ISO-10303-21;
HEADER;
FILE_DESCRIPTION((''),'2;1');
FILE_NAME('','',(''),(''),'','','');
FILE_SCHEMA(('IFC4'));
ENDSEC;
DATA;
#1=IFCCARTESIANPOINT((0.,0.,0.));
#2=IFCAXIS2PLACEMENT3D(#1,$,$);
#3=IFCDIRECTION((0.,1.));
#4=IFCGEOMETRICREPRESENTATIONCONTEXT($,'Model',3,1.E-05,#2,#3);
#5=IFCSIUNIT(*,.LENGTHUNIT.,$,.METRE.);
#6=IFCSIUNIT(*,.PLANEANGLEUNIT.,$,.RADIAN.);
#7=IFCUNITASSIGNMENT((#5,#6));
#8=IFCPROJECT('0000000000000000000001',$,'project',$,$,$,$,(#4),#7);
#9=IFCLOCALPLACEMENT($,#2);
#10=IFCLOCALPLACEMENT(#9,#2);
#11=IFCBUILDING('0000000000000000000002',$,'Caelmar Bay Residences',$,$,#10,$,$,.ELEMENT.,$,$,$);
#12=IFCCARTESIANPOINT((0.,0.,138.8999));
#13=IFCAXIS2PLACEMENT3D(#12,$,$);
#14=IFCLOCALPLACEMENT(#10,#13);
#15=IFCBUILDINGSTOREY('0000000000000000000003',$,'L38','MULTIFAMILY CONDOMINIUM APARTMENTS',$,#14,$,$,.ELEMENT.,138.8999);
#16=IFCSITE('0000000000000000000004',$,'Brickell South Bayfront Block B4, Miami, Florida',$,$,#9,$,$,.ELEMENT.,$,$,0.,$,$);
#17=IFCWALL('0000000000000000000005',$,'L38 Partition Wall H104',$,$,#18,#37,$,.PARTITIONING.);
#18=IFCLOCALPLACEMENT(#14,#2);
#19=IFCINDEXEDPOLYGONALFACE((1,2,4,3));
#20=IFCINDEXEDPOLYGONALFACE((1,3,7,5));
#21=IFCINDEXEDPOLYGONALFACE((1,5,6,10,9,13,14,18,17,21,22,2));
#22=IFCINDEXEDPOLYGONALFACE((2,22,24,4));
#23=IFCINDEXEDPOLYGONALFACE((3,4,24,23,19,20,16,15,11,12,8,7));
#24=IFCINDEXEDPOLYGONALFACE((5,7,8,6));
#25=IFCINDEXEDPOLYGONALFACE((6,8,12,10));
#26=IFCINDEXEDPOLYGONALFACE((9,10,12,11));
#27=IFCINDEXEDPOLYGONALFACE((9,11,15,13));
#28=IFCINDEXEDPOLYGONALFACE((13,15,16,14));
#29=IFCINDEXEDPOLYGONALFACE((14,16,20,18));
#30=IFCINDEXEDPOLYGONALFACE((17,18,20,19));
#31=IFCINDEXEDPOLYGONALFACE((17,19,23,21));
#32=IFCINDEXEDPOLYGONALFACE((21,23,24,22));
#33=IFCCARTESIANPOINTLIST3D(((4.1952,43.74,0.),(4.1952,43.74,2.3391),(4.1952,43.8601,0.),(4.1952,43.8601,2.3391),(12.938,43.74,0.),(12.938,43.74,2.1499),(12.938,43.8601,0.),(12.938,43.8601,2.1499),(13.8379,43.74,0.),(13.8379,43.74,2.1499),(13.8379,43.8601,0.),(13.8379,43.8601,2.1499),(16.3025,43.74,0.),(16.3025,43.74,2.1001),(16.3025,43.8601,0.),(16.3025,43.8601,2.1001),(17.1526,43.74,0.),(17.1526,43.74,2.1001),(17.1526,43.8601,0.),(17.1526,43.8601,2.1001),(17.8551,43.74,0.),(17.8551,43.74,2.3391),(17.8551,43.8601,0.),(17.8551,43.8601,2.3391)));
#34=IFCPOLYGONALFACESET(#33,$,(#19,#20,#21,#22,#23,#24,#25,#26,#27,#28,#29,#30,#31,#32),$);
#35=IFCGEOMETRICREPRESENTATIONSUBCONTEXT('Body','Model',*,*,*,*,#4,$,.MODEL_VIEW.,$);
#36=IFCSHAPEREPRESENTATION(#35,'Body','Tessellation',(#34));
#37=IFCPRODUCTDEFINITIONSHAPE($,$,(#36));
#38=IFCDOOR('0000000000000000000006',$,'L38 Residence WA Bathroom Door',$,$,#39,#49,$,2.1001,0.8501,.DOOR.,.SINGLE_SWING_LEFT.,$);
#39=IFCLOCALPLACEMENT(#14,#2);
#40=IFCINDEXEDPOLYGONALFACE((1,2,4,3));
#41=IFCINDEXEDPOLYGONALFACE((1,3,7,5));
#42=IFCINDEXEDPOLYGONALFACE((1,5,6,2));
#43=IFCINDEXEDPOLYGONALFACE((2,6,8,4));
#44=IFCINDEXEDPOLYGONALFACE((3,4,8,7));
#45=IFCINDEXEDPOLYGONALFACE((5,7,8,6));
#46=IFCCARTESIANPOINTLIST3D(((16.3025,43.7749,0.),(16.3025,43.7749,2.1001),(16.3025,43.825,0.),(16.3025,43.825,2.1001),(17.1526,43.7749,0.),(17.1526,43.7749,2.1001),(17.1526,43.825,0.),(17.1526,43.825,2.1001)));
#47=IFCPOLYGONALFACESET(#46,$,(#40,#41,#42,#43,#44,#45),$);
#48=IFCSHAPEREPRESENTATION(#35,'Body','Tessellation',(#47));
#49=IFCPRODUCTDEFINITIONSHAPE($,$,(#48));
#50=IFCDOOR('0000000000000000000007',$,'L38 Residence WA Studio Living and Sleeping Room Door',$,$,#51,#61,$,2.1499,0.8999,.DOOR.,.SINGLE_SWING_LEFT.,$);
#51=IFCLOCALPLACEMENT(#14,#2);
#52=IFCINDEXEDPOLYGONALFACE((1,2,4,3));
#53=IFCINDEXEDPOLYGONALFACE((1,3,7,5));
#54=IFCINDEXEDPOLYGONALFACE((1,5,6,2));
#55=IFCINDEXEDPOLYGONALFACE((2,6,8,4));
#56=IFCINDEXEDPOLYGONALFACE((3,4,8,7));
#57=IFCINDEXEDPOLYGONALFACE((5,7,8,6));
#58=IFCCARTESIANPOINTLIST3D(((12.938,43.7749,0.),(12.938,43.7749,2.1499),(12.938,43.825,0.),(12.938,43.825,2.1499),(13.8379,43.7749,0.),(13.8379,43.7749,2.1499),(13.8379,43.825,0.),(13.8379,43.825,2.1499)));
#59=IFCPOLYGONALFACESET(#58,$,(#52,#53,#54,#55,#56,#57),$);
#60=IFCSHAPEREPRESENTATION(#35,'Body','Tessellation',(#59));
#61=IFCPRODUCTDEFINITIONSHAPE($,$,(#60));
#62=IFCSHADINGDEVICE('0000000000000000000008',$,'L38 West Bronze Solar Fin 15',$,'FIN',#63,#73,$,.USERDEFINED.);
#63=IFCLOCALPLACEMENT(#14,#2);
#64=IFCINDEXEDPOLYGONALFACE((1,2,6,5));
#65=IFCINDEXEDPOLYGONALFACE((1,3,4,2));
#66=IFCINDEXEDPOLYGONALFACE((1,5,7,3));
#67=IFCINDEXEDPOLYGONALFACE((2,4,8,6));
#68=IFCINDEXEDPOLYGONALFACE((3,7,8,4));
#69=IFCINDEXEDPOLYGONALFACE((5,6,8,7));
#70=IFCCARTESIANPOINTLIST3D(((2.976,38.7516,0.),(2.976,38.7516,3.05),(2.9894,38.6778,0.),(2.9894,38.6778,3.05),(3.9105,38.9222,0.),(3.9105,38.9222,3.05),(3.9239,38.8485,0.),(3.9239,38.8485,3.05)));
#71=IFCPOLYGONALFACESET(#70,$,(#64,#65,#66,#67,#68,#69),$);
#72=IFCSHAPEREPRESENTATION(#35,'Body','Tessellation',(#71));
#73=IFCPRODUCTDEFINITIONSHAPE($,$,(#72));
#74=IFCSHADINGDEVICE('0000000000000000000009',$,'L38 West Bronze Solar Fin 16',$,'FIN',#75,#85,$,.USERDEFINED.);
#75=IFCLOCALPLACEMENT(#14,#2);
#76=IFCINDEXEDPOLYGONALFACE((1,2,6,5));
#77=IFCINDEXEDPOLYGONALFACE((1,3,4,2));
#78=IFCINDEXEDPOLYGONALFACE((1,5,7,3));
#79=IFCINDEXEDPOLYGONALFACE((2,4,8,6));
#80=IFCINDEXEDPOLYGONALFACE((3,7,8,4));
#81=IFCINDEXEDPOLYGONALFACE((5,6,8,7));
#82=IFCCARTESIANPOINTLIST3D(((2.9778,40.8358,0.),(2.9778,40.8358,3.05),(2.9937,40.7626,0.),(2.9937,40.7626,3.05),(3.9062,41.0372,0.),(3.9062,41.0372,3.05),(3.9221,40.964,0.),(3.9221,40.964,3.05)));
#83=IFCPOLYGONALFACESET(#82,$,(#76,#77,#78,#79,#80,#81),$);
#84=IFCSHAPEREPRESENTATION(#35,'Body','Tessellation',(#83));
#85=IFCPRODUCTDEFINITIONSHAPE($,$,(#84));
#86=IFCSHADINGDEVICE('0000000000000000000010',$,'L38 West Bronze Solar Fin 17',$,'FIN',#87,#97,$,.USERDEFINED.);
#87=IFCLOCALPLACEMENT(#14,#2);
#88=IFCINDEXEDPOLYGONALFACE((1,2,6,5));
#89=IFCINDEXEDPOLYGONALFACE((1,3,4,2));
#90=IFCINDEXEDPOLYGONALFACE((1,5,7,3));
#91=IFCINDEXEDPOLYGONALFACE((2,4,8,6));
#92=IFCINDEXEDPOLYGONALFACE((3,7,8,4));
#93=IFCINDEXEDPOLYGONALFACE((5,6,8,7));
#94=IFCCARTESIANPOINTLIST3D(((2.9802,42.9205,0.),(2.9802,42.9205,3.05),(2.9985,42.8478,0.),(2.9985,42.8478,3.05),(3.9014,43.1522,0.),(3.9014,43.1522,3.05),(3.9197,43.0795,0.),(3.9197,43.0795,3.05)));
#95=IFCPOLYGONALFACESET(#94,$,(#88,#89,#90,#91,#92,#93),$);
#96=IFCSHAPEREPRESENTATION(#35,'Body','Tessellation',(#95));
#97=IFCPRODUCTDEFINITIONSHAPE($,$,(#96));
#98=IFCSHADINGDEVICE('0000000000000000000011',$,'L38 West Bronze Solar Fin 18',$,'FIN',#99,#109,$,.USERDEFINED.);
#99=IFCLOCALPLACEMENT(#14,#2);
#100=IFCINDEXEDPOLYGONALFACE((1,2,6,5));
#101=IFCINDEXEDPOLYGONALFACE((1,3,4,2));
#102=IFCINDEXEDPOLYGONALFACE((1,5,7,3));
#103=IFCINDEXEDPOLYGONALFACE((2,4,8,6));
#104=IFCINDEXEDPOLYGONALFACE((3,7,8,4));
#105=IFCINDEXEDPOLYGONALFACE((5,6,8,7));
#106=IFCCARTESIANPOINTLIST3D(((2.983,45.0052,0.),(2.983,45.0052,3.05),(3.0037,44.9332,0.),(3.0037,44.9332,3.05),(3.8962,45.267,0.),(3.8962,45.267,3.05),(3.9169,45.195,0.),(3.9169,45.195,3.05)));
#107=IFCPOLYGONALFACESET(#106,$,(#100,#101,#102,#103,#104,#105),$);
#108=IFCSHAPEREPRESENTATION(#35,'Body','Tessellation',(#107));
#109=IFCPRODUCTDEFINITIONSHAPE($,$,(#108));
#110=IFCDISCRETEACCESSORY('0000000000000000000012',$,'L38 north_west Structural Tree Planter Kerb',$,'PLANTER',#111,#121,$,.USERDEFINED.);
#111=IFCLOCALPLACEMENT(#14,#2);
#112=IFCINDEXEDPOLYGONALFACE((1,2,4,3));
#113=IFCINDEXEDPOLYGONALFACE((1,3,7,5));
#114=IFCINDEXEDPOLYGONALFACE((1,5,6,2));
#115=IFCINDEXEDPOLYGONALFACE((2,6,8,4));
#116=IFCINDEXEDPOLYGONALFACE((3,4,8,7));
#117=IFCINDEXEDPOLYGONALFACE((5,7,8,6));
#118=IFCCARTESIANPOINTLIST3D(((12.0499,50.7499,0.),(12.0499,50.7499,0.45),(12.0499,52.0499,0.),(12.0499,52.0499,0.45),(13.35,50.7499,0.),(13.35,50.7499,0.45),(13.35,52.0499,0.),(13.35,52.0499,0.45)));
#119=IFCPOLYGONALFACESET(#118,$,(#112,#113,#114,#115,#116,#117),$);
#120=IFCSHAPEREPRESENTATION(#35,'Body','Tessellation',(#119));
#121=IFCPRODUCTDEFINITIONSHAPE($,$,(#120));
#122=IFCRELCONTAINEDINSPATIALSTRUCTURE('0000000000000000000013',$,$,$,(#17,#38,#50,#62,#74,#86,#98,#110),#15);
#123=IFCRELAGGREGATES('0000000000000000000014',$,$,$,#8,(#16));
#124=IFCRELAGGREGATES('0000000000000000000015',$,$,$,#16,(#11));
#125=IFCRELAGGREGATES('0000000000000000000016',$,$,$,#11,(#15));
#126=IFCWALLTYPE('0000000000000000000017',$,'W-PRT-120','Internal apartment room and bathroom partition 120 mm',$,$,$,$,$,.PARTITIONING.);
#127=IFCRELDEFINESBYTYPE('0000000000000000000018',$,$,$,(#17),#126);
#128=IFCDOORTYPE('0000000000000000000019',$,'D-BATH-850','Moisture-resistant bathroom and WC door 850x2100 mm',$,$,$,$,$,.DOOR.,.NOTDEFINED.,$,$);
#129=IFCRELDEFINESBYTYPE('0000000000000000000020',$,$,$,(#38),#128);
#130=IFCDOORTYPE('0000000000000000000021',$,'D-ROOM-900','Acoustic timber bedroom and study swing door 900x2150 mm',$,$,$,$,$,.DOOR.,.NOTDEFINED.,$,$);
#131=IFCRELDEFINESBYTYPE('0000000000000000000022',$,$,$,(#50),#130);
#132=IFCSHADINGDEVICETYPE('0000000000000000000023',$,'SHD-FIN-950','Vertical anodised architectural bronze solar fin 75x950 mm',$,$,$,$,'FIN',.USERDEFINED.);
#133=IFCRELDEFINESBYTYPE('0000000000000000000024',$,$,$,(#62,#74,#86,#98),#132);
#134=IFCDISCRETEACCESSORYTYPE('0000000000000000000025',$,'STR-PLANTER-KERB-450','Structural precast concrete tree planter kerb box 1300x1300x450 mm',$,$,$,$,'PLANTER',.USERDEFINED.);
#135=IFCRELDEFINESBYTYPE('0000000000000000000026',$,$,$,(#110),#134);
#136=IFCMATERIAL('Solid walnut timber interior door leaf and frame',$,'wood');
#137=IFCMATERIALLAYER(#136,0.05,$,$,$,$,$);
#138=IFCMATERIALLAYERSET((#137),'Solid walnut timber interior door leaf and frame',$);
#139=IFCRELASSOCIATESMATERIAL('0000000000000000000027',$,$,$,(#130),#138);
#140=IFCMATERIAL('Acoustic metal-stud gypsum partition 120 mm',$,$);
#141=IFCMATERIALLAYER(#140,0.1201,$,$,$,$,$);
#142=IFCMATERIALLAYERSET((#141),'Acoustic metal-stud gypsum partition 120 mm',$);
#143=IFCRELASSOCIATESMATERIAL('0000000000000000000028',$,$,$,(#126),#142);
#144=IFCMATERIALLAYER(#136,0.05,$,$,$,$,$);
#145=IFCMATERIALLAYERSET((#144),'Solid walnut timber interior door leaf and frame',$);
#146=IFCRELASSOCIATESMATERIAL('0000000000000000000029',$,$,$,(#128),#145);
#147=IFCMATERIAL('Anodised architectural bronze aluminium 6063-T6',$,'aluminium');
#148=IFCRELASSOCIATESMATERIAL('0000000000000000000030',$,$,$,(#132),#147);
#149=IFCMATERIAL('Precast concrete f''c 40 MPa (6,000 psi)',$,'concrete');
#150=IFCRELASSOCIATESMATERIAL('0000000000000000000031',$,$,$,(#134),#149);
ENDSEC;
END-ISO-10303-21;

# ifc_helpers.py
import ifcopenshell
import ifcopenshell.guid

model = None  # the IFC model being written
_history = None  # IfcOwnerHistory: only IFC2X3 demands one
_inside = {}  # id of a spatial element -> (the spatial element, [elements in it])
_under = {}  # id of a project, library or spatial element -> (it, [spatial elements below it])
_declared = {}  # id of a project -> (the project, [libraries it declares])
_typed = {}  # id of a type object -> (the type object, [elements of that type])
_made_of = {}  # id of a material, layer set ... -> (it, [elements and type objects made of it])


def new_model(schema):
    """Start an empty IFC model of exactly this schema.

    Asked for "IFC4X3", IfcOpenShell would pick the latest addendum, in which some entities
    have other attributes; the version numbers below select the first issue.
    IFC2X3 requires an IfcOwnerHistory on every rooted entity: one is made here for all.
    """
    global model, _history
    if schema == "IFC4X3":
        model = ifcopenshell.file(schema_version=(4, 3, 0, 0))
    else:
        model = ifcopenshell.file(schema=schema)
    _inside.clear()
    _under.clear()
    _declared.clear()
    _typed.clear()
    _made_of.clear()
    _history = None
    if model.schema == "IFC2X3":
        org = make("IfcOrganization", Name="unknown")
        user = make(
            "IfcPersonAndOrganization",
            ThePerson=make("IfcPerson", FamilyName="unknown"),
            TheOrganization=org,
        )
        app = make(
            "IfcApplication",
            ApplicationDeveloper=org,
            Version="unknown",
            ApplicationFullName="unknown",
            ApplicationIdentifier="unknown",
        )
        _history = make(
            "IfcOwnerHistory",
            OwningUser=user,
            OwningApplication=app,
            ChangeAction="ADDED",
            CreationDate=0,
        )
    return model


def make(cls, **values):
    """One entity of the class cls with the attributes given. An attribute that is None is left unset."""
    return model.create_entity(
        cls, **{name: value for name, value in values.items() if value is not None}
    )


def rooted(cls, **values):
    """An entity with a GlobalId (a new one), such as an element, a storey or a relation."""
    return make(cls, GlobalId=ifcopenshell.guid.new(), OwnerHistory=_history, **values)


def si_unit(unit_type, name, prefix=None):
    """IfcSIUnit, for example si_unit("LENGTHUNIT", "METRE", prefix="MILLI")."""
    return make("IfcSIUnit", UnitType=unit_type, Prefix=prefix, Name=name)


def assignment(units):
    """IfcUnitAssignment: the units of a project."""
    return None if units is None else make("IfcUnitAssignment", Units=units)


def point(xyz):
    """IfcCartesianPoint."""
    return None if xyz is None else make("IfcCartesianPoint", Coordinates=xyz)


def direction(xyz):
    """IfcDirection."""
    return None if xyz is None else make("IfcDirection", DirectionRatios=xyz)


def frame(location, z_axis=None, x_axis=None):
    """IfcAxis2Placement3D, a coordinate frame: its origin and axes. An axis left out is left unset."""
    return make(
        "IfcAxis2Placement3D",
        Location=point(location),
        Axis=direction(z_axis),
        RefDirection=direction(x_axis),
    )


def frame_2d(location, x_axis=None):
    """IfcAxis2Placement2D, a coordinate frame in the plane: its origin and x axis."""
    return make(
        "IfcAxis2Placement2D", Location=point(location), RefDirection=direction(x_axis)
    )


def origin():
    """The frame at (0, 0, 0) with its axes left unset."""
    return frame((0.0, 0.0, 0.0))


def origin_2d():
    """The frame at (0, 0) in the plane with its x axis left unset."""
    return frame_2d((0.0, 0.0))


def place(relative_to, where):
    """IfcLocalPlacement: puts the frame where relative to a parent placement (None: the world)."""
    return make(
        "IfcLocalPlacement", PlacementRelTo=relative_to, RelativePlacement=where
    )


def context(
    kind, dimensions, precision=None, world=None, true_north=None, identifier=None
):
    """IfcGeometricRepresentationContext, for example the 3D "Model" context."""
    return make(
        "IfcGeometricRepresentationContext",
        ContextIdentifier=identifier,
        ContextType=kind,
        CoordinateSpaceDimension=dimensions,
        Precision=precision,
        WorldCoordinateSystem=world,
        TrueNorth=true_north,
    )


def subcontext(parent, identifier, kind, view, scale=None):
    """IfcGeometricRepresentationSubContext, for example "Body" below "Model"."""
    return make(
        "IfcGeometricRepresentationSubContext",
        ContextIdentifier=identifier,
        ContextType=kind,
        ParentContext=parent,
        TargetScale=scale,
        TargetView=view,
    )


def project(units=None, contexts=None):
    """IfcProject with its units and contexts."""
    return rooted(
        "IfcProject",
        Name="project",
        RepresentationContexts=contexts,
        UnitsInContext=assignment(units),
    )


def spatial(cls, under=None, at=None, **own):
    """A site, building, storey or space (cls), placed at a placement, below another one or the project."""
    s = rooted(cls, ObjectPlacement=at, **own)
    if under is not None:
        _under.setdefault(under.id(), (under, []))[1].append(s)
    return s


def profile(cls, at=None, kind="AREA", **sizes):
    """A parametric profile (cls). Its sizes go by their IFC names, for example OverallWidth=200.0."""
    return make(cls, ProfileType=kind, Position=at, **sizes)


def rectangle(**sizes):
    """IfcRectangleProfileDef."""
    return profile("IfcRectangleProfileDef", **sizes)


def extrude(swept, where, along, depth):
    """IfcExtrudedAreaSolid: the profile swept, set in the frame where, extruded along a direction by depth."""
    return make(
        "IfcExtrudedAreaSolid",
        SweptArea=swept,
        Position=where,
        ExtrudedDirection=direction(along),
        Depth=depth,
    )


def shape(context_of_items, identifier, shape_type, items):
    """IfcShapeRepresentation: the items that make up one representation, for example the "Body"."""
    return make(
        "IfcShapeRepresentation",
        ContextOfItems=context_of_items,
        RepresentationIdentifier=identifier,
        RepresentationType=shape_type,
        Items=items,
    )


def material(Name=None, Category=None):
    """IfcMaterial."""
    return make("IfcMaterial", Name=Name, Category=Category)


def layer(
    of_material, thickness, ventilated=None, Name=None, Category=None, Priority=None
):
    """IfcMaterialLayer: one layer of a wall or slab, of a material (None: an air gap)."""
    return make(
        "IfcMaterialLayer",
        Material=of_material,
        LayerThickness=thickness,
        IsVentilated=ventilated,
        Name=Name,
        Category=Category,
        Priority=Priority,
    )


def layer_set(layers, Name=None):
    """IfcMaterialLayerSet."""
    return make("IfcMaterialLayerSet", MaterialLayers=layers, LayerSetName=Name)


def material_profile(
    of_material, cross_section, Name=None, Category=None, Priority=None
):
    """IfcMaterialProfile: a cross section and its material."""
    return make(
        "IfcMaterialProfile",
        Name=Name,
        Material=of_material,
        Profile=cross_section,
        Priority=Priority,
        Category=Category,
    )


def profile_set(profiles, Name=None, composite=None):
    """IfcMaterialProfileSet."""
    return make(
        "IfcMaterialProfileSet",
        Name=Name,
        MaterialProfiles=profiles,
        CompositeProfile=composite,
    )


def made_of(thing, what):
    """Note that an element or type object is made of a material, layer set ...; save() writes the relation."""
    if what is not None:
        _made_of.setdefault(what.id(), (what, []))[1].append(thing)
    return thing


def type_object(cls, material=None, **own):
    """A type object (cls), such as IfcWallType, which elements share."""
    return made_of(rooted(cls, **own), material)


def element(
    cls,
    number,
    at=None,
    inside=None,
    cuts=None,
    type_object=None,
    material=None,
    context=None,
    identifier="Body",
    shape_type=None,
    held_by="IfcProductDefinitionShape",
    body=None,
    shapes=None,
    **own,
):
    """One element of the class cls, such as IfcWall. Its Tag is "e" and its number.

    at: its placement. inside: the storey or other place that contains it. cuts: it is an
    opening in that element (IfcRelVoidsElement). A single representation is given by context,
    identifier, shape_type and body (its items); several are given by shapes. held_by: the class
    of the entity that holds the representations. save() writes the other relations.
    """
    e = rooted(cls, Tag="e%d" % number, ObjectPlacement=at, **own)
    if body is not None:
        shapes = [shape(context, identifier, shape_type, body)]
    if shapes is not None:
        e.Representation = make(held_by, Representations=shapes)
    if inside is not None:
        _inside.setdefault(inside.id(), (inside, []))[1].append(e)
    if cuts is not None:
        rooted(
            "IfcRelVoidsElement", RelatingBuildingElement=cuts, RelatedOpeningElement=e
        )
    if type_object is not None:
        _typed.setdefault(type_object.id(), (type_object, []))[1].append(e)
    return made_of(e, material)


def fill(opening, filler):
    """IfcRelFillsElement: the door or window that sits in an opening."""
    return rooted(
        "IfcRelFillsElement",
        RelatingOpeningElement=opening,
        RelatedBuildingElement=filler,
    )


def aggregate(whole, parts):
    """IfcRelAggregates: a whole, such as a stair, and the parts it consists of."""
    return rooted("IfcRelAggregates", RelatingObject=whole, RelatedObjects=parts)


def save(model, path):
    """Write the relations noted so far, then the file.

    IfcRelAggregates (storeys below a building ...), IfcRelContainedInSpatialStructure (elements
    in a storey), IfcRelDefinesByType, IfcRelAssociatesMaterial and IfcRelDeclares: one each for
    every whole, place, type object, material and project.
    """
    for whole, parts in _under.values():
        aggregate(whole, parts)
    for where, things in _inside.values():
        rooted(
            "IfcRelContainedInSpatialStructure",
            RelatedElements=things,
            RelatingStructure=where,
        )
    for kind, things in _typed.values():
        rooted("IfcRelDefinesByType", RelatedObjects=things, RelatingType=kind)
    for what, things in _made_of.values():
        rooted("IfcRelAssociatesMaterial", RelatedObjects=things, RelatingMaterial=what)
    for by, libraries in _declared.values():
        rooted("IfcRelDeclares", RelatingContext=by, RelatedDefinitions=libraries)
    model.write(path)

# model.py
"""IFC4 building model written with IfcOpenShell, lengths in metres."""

from ifc_helpers import new_model, si_unit, direction, frame, frame_2d, origin, origin_2d, place, context, subcontext, project, spatial, rectangle, extrude, material, layer, layer_set, material_profile, profile_set, type_object, element, fill, save


model = new_model("IFC4")

# Units and contexts
model_context = context("Model", 3, precision=1e-05, world=origin(), true_north=direction((0.0, 1.0)))
body_context = subcontext(model_context, "Body", "Model", "MODEL_VIEW")
ifc_project = project(units=[si_unit("LENGTHUNIT", "METRE"), si_unit("PLANEANGLEUNIT", "RADIAN")], contexts=[model_context])

# Site, building, storey
site_placement = place(None, origin())
site = spatial("IfcSite", under=ifc_project, at=site_placement, Name="Brickell South Bayfront Block B4, Miami, Florida", CompositionType="ELEMENT", RefElevation=0.0)
building_placement = place(site_placement, origin())
building = spatial("IfcBuilding", under=site, at=building_placement, Name="Caelmar Bay Residences", CompositionType="ELEMENT")
storey_placement = place(building_placement, frame((0.0, 0.0, 138.8999)))
storey = spatial("IfcBuildingStorey", under=building, at=storey_placement, Name="L38", Description="MULTIFAMILY CONDOMINIUM APARTMENTS", CompositionType="ELEMENT", Elevation=138.8999)

# Shared definitions
ifc_material_1 = material(Name="Precast concrete f'c 40 MPa (6,000 psi)", Category="concrete")

# Shared definitions
ifc_material_2 = material(Name="Solid walnut timber interior door leaf and frame", Category="wood")
ifc_layer_1 = layer(ifc_material_2, 0.05)
ifc_layer_set_1 = layer_set([ifc_layer_1], Name="Solid walnut timber interior door leaf and frame")
door_type_1 = type_object("IfcDoorType", Name="D-ROOM-900", Description="Acoustic timber bedroom and study swing door 900x2150 mm", OperationType="NOTDEFINED", PredefinedType="DOOR", material=ifc_layer_set_1)
ifc_material_3 = material(Name="Acoustic metal-stud gypsum partition 120 mm")
ifc_layer_2 = layer(ifc_material_3, 0.1201)
ifc_layer_set_2 = layer_set([ifc_layer_2], Name="Acoustic metal-stud gypsum partition 120 mm")
wall_type_1 = type_object("IfcWallType", Name="W-PRT-120", Description="Internal apartment room and bathroom partition 120 mm", PredefinedType="PARTITIONING", material=ifc_layer_set_2)

# Wall, openings, doors
wall_1_placement = place(storey_placement, frame((4.1951, 43.8, 0.0), z_axis=(0.0, 0.0, 1.0), x_axis=(1.0, 0.0, 0.0)))
wall_1 = element("IfcWall", 1, at=wall_1_placement, inside=storey, type_object=wall_type_1, Name="L38 Partition Wall H104", PredefinedType="PARTITIONING", context=body_context, shape_type="SweptSolid", body=[
    extrude(rectangle(XDim=13.6599, YDim=0.1201, at=frame_2d((6.8301, 0.0))), origin(), (0.0, 0.0, 1.0), 2.3391),
])
opening_1_placement = place(wall_1_placement, frame((8.7429, 0.0, 0.0)))
opening_1 = element("IfcOpeningElement", 2, at=opening_1_placement, cuts=wall_1, PredefinedType="OPENING", context=body_context, shape_type="SweptSolid", body=[
    extrude(rectangle(XDim=0.8999, YDim=2.1499, at=frame_2d((0.45, 1.075))), frame((0.0, 0.0701, 0.0), z_axis=(0.0, -1.0, 0.0), x_axis=(1.0, 0.0, 0.0)), (0.0, 0.0, 1.0), 0.1401),
])
opening_2_placement = place(wall_1_placement, frame((12.1074, 0.0, 0.0)))
opening_2 = element("IfcOpeningElement", 3, at=opening_2_placement, cuts=wall_1, PredefinedType="OPENING", context=body_context, shape_type="SweptSolid", body=[
    extrude(rectangle(XDim=0.8501, YDim=2.1001, at=frame_2d((0.425, 1.05))), frame((0.0, 0.0701, 0.0), z_axis=(0.0, -1.0, 0.0), x_axis=(1.0, 0.0, 0.0)), (0.0, 0.0, 1.0), 0.1401),
])
ifc_layer_3 = layer(ifc_material_2, 0.05)
ifc_layer_set_3 = layer_set([ifc_layer_3], Name="Solid walnut timber interior door leaf and frame")
door_type_2 = type_object("IfcDoorType", Name="D-BATH-850", Description="Moisture-resistant bathroom and WC door 850x2100 mm", OperationType="NOTDEFINED", PredefinedType="DOOR", material=ifc_layer_set_3)
door_1_placement = place(opening_2_placement, origin())
door_1 = element("IfcDoor", 4, at=door_1_placement, inside=storey, type_object=door_type_2, Name="L38 Residence WA Bathroom Door", OperationType="SINGLE_SWING_LEFT", OverallHeight=2.1001, OverallWidth=0.8501, PredefinedType="DOOR", context=body_context, shape_type="SweptSolid", body=[
    extrude(rectangle(XDim=0.8501, YDim=2.1001, at=frame_2d((0.425, 1.05))), frame((0.0, 0.0249, 0.0), z_axis=(0.0, -1.0, 0.0), x_axis=(1.0, 0.0, 0.0)), (0.0, 0.0, 1.0), 0.05),
])
fill(opening_2, door_1)
door_2_placement = place(opening_1_placement, origin())
door_2 = element("IfcDoor", 5, at=door_2_placement, inside=storey, type_object=door_type_1, Name="L38 Residence WA Studio Living and Sleeping Room Door", OperationType="SINGLE_SWING_LEFT", OverallHeight=2.1499, OverallWidth=0.8999, PredefinedType="DOOR", context=body_context, shape_type="SweptSolid", body=[
    extrude(rectangle(XDim=0.8999, YDim=2.1499, at=frame_2d((0.45, 1.075))), frame((0.0, 0.0249, 0.0), z_axis=(0.0, -1.0, 0.0), x_axis=(1.0, 0.0, 0.0)), (0.0, 0.0, 1.0), 0.05),
])
fill(opening_1, door_2)

# Shading devices
ifc_material_4 = material(Name="Anodised architectural bronze aluminium 6063-T6", Category="aluminium")
ifc_material_profile_1 = material_profile(ifc_material_4, rectangle(XDim=0.075, YDim=0.95, at=origin_2d()), Name="BRONZE-FIN-75X950")
ifc_profile_set_1 = profile_set([ifc_material_profile_1], Name="Anodised architectural bronze aluminium 6063-T6")
shading_device_type = type_object("IfcShadingDeviceType", Name="SHD-FIN-950", Description="Vertical anodised architectural bronze solar fin 75x950 mm", ElementType="FIN", PredefinedType="USERDEFINED", material=ifc_profile_set_1)
for number, where, z_axis, x_axis, name in (
    (6, (3.45, 38.8, 0.0), (0.0, 0.0, 1.0), (-0.179661, 0.983729, 0.0), "L38 West Bronze Solar Fin 15"),
    (7, (3.45, 40.8999, 0.0), (0.0, 0.0, 1.0), (-0.212007, 0.977268, 0.0), "L38 West Bronze Solar Fin 16"),
    (8, (3.45, 43.0, 0.0), (0.0, 0.0, 1.0), (-0.243954, 0.969787, 0.0), "L38 West Bronze Solar Fin 17"),
    (9, (3.45, 45.1001, 0.0), (0.0, 0.0, 1.0), (-0.275637, 0.961262, 0.0), "L38 West Bronze Solar Fin 18"),
):
    element("IfcShadingDevice", number, at=place(storey_placement, frame(where, z_axis=z_axis, x_axis=x_axis)), inside=storey, type_object=shading_device_type, Name=name, ObjectType="FIN", PredefinedType="USERDEFINED", context=body_context, shape_type="SweptSolid", body=[
        extrude(rectangle(XDim=0.075, YDim=0.95, at=origin_2d()), origin(), (0.0, 0.0, 1.0), 3.05),
    ])

# Discrete accessory
discrete_accessory_type = type_object("IfcDiscreteAccessoryType", Name="STR-PLANTER-KERB-450", Description="Structural precast concrete tree planter kerb box 1300x1300x450 mm", ElementType="PLANTER", PredefinedType="USERDEFINED", material=ifc_material_1)
discrete_accessory_placement = place(storey_placement, frame((12.7, 51.3999, 0.0), z_axis=(0.0, 0.0, 1.0), x_axis=(1.0, 0.0, 0.0)))
element("IfcDiscreteAccessory", 10, at=discrete_accessory_placement, inside=storey, type_object=discrete_accessory_type, Name="L38 north_west Structural Tree Planter Kerb", ObjectType="PLANTER", PredefinedType="USERDEFINED", context=body_context, shape_type="SweptSolid", body=[
    extrude(rectangle(XDim=1.3, YDim=1.3, at=origin_2d()), origin(), (0.0, 0.0, 1.0), 0.45),
])

save(model, "model.ifc")
